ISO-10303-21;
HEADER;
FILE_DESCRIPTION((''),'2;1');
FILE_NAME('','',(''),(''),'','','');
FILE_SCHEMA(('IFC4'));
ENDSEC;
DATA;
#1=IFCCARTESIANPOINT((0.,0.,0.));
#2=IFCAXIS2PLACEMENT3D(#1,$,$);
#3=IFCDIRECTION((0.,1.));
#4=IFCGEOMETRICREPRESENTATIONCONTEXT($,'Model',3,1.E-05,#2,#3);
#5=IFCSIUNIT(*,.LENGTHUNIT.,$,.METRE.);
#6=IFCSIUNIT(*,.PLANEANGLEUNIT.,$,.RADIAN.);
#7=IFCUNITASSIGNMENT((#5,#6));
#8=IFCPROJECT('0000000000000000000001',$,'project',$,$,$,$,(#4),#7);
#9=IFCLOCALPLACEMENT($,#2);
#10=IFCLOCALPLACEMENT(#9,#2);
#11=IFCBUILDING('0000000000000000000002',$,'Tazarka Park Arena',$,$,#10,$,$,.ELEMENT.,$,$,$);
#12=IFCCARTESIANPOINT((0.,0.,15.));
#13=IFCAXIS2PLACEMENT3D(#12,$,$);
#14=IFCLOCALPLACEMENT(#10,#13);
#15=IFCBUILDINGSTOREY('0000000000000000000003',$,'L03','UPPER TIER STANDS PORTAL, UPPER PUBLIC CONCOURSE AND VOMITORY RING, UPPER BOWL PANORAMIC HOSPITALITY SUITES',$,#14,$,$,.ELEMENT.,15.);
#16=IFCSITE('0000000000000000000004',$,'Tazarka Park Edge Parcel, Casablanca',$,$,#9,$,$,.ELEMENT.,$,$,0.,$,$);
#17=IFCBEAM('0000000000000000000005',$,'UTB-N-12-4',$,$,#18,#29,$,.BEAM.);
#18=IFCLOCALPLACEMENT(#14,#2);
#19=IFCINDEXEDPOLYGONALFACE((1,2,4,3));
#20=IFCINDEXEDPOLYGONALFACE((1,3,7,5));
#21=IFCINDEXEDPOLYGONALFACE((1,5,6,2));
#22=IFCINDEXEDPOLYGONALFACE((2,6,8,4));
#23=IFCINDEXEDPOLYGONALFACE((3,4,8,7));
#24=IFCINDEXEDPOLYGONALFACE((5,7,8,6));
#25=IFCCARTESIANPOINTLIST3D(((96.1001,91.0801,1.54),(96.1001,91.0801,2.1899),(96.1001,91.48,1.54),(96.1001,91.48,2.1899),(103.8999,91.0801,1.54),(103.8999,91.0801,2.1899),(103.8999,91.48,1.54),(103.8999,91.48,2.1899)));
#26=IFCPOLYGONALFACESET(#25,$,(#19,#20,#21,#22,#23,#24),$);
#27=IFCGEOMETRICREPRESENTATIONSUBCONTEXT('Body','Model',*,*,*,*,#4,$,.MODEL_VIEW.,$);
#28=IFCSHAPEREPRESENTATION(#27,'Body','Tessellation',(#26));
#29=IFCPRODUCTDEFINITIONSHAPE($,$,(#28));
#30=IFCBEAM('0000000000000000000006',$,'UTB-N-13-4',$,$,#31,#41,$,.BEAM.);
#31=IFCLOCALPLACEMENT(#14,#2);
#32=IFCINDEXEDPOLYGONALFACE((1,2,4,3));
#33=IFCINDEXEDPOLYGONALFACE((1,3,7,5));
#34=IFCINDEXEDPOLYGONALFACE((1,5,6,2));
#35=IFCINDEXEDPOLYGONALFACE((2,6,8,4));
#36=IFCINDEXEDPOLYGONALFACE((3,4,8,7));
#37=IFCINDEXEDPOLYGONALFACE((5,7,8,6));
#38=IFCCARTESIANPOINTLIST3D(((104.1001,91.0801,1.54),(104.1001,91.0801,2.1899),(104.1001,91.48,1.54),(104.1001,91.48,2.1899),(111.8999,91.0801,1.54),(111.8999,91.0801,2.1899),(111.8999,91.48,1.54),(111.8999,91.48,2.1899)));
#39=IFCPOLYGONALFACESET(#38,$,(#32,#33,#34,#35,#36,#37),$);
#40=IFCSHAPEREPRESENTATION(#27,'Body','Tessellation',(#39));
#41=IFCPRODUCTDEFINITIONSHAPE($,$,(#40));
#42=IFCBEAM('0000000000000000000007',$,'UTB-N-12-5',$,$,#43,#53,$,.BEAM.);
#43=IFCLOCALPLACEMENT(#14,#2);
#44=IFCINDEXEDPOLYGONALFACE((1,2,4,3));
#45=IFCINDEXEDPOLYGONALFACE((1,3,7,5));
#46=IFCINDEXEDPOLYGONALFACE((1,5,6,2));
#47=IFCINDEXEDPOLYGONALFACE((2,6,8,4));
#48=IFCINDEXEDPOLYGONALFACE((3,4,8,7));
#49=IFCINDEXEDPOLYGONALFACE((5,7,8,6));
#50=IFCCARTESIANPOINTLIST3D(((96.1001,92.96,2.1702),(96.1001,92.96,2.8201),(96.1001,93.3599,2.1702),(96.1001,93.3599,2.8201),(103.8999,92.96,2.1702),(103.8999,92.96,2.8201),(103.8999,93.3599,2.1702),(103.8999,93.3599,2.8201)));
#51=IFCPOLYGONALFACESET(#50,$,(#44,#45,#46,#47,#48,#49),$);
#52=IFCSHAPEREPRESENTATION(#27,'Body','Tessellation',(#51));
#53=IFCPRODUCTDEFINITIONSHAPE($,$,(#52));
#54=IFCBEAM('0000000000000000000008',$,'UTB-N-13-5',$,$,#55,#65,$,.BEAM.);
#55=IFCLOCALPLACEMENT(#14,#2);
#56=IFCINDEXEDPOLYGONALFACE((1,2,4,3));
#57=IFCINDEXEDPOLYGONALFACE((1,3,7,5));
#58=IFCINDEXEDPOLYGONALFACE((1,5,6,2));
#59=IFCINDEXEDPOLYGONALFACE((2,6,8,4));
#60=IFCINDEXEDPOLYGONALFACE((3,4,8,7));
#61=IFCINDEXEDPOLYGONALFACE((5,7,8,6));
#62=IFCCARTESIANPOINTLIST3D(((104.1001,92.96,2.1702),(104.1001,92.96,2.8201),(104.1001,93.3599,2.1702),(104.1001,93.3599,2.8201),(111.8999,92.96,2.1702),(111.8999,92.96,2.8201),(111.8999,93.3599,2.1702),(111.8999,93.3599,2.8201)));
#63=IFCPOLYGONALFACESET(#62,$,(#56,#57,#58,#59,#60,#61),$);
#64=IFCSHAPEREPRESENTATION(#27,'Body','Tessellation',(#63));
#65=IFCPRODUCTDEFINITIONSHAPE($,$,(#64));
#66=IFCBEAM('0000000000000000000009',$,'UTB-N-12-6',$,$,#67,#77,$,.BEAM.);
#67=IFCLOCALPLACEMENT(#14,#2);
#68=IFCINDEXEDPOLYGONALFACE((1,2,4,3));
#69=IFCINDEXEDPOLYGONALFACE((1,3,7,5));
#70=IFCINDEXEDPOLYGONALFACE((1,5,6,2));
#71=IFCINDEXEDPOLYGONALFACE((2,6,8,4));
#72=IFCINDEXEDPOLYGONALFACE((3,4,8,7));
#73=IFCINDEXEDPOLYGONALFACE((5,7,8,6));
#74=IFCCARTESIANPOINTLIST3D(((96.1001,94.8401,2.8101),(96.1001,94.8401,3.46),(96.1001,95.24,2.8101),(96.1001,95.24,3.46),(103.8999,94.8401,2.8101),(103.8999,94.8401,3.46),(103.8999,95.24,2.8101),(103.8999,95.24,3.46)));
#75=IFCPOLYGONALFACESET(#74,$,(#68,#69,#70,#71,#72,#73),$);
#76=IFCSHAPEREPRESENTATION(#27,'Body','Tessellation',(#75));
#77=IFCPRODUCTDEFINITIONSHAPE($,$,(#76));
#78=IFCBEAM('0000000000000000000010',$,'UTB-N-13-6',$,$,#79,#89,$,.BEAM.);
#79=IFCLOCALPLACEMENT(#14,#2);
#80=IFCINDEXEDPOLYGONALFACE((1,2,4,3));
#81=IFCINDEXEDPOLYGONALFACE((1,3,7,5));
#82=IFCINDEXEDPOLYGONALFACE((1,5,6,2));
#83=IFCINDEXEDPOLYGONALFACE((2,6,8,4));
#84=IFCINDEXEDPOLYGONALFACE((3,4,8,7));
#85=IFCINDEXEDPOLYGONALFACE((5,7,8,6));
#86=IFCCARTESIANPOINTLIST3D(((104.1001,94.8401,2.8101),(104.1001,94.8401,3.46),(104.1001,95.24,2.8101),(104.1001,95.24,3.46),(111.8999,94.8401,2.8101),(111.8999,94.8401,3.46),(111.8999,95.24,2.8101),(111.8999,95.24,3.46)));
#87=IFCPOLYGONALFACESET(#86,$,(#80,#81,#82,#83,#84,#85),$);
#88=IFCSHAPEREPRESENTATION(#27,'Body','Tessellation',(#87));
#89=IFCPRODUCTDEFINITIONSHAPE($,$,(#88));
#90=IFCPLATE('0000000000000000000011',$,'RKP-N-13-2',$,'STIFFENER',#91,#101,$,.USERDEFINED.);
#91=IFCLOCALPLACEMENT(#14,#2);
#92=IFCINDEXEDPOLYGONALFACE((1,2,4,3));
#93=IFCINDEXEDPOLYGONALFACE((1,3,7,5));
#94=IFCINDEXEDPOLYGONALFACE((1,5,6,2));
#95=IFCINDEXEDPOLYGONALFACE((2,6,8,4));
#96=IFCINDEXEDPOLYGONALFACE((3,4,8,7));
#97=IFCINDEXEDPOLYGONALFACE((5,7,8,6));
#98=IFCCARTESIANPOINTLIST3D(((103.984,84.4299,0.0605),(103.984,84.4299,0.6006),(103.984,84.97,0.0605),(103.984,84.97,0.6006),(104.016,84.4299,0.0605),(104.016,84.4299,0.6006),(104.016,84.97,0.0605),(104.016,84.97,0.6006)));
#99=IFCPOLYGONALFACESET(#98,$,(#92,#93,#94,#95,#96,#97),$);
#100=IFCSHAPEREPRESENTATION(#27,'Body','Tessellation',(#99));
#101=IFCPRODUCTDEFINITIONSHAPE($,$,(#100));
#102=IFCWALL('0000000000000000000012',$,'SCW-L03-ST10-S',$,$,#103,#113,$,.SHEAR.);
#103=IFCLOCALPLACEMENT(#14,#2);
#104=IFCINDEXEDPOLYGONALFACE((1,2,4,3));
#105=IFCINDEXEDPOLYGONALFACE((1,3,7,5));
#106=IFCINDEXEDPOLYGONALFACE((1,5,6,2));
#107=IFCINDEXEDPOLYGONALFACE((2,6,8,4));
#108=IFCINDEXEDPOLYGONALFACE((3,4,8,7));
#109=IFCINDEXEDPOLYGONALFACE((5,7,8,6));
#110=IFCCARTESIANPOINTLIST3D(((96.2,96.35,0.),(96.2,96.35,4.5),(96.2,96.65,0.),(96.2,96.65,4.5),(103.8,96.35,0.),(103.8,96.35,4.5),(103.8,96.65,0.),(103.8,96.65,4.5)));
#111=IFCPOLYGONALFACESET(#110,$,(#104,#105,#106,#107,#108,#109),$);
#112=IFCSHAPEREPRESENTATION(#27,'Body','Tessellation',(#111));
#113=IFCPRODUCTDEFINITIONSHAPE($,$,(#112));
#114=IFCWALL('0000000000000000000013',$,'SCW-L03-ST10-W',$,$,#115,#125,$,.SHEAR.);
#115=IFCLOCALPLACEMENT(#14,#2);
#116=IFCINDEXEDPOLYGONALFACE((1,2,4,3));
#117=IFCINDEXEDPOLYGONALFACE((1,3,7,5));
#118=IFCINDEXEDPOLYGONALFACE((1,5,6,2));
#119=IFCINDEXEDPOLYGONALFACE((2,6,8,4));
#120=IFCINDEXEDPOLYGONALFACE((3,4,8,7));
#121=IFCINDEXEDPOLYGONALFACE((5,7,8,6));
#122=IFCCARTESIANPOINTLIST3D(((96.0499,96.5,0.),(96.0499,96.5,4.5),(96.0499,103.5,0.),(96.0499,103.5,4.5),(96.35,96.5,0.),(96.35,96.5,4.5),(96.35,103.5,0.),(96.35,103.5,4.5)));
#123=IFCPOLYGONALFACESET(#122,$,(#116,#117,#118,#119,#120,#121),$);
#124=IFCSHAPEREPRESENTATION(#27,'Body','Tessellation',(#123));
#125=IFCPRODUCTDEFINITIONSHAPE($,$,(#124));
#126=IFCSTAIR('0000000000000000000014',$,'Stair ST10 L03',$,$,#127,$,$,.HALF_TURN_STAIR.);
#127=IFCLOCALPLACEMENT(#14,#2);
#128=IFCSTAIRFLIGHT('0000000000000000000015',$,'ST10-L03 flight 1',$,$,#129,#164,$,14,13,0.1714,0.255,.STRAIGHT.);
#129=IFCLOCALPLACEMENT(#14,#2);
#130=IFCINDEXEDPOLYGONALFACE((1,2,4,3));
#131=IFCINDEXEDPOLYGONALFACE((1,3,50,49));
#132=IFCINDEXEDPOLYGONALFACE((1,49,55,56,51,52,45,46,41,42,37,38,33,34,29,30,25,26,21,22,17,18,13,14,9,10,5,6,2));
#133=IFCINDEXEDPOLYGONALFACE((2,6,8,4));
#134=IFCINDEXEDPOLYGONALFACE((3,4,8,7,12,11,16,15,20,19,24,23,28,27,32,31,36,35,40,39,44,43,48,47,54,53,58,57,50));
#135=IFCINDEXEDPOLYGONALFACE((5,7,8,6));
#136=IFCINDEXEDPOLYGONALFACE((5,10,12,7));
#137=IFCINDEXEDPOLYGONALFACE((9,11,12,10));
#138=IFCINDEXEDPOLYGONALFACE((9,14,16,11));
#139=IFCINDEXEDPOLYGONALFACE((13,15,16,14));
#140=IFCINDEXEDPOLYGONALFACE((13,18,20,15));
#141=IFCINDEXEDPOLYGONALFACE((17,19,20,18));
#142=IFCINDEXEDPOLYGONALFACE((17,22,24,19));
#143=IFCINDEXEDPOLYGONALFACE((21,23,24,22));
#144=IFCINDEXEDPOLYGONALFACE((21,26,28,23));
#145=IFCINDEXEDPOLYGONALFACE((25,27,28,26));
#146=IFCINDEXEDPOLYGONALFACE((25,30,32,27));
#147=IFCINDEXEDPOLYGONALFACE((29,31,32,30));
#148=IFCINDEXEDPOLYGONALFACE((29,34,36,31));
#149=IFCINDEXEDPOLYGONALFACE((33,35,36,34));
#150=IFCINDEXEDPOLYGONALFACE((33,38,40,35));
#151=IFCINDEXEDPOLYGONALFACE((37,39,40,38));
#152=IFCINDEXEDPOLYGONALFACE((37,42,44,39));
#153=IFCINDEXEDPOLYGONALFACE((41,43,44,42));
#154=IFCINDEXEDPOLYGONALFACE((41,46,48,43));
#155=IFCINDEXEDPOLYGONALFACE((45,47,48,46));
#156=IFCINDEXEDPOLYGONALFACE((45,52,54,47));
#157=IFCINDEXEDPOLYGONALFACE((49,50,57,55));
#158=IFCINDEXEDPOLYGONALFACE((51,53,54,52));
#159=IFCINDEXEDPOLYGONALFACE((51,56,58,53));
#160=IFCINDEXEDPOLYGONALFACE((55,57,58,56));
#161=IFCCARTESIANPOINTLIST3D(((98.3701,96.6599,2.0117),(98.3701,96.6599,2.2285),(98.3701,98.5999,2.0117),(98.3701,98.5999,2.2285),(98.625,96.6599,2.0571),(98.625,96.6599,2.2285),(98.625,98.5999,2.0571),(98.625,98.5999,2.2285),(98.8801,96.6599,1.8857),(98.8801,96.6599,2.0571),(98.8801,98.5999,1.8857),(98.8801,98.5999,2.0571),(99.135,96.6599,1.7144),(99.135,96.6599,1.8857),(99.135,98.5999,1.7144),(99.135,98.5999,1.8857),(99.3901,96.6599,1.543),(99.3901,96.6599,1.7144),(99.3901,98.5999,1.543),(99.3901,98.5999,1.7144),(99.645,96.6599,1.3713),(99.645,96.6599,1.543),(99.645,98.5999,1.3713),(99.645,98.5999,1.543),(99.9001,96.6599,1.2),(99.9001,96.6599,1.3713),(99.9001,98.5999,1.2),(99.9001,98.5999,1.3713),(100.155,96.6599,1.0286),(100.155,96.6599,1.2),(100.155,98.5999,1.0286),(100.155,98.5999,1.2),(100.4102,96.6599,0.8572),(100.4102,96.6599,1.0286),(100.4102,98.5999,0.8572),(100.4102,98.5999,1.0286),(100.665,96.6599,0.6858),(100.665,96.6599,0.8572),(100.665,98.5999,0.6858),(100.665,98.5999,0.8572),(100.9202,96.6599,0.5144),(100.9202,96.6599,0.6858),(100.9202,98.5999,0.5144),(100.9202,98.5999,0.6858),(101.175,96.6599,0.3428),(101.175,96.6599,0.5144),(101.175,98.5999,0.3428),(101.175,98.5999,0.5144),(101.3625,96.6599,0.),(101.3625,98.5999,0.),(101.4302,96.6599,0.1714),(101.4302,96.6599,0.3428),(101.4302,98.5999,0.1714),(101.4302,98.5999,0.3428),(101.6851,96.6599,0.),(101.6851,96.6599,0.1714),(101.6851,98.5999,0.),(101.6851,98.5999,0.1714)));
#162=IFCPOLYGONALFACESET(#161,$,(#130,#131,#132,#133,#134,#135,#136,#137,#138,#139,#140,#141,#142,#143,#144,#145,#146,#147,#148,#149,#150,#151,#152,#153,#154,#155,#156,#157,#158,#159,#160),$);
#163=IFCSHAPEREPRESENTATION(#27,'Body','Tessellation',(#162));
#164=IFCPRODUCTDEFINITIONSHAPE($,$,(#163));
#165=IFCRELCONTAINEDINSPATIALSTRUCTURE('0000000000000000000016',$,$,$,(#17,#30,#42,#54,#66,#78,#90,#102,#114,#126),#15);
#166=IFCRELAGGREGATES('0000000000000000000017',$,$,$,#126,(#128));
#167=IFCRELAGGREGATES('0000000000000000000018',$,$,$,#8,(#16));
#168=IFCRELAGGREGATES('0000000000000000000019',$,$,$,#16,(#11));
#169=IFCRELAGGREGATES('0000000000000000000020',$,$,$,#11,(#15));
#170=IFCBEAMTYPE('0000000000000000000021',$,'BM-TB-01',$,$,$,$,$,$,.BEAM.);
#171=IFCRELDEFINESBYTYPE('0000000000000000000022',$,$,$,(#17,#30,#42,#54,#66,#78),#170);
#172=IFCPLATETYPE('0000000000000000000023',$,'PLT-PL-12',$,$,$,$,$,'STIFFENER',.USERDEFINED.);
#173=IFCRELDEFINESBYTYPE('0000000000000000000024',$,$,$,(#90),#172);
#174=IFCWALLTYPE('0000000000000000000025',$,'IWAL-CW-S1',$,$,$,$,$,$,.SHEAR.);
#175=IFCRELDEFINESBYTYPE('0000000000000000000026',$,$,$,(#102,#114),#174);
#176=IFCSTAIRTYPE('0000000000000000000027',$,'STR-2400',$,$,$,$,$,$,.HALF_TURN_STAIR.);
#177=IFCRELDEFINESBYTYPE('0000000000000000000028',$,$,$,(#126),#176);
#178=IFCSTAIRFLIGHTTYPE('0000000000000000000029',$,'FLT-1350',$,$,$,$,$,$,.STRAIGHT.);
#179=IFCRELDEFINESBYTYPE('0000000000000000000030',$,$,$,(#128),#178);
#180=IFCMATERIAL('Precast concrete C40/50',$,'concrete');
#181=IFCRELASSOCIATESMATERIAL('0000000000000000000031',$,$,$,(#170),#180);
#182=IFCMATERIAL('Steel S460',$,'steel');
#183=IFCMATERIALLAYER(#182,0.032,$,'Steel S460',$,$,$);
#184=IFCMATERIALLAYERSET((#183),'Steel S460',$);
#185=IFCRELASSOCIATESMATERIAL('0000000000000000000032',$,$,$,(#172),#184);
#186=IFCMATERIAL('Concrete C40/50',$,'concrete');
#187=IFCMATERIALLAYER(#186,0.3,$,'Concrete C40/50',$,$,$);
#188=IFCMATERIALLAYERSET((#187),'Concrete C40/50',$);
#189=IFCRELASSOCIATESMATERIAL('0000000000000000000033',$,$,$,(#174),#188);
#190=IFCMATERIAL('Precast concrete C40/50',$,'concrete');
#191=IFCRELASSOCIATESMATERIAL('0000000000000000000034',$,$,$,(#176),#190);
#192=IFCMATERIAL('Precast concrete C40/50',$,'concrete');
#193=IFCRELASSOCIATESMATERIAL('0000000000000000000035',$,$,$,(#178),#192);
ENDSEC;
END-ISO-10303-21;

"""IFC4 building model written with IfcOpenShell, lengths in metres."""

from ifc_helpers import new_model, si_unit, direction, frame, frame_2d, origin, origin_2d, place, context, subcontext, project, spatial, polyline, rectangle, outline, extrude, material, layer, layer_set, material_profile, profile_set, type_object, element, aggregate, save


model = new_model("IFC4")

# Units and contexts
model_context = context("Model", 3, precision=1e-05, world=origin(), true_north=direction((0.0, 1.0)))
body_context = subcontext(model_context, "Body", "Model", "MODEL_VIEW")
ifc_project = project(units=[si_unit("LENGTHUNIT", "METRE"), si_unit("PLANEANGLEUNIT", "RADIAN")], contexts=[model_context])

# Site, building, storey
site_placement = place(None, origin())
site = spatial("IfcSite", under=ifc_project, at=site_placement, Name="Tazarka Park Edge Parcel, Casablanca", CompositionType="ELEMENT", RefElevation=0.0)
building_placement = place(site_placement, origin())
building = spatial("IfcBuilding", under=site, at=building_placement, Name="Tazarka Park Arena", CompositionType="ELEMENT")
storey_placement = place(building_placement, frame((0.0, 0.0, 15.0)))
storey = spatial("IfcBuildingStorey", under=building, at=storey_placement, Name="L03", Description="UPPER TIER STANDS PORTAL, UPPER PUBLIC CONCOURSE AND VOMITORY RING, UPPER BOWL PANORAMIC HOSPITALITY SUITES", CompositionType="ELEMENT", Elevation=15.0)

# Beams
ifc_material_1 = material(Name="Precast concrete C40/50", Category="concrete")
ifc_material_profile_1 = material_profile(ifc_material_1, rectangle(XDim=0.3999, YDim=0.6499, at=origin_2d()), Name="Precast concrete C40/50")
ifc_profile_set_1 = profile_set([ifc_material_profile_1], Name="Precast concrete C40/50")
beam_type_1 = type_object("IfcBeamType", Name="BM-TB-01", PredefinedType="BEAM", material=ifc_profile_set_1)
for number, where, z_axis, x_axis, name in (
    (1, (96.1001, 91.28, 1.865), (1.0, 0.0, 0.0), (0.0, 1.0, 0.0), "UTB-N-12-4"),
    (2, (104.1001, 91.28, 1.865), (1.0, 0.0, 0.0), (0.0, 1.0, 0.0), "UTB-N-13-4"),
    (3, (96.1001, 93.1599, 2.4951), (1.0, 0.0, 0.0), (0.0, 1.0, 0.0), "UTB-N-12-5"),
    (4, (104.1001, 93.1599, 2.4951), (1.0, 0.0, 0.0), (0.0, 1.0, 0.0), "UTB-N-13-5"),
    (5, (96.1001, 95.04, 3.135), (1.0, 0.0, 0.0), (0.0, 1.0, 0.0), "UTB-N-12-6"),
    (6, (104.1001, 95.04, 3.135), (1.0, 0.0, 0.0), (0.0, 1.0, 0.0), "UTB-N-13-6"),
):
    element("IfcBeam", number, at=place(storey_placement, frame(where, z_axis=z_axis, x_axis=x_axis)), inside=storey, type_object=beam_type_1, Name=name, PredefinedType="BEAM", context=body_context, shape_type="SweptSolid", body=[
        extrude(rectangle(XDim=0.3999, YDim=0.6499, at=origin_2d()), origin(), (0.0, 0.0, 1.0), 7.7998),
    ])

# Plate
ifc_material_2 = material(Name="Steel S460", Category="steel")
ifc_layer_1 = layer(ifc_material_2, 0.032, Name="Steel S460")
ifc_layer_set_1 = layer_set([ifc_layer_1], Name="Steel S460")
plate_type = type_object("IfcPlateType", Name="PLT-PL-12", ElementType="STIFFENER", PredefinedType="USERDEFINED", material=ifc_layer_set_1)
plate_placement = place(storey_placement, frame((104.0, 84.7, 0.0605), z_axis=(0.0, 0.0, 1.0), x_axis=(1.0, 0.0, 0.0)))
element("IfcPlate", 7, at=plate_placement, inside=storey, type_object=plate_type, Name="RKP-N-13-2", ObjectType="STIFFENER", PredefinedType="USERDEFINED", context=body_context, shape_type="SweptSolid", body=[
    extrude(rectangle(XDim=0.032, YDim=0.54, at=origin_2d()), origin(), (0.0, 0.0, 1.0), 0.54),
])

# Walls
ifc_material_3 = material(Name="Concrete C40/50", Category="concrete")
ifc_layer_2 = layer(ifc_material_3, 0.3, Name="Concrete C40/50")
ifc_layer_set_2 = layer_set([ifc_layer_2], Name="Concrete C40/50")
wall_type = type_object("IfcWallType", Name="IWAL-CW-S1", PredefinedType="SHEAR", material=ifc_layer_set_2)
wall_1_placement = place(storey_placement, frame((103.8, 96.5, 0.0), z_axis=(0.0, 0.0, 1.0), x_axis=(-1.0, 0.0, 0.0)))
element("IfcWall", 8, at=wall_1_placement, inside=storey, type_object=wall_type, Name="SCW-L03-ST10-S", PredefinedType="SHEAR", context=body_context, shape_type="SweptSolid", body=[
    extrude(rectangle(XDim=7.6001, YDim=0.3, at=frame_2d((3.8, 0.0))), origin(), (0.0, 0.0, 1.0), 4.5),
])
wall_2_placement = place(storey_placement, frame((96.2, 96.5, 0.0), z_axis=(0.0, 0.0, 1.0), x_axis=(0.0, 1.0, 0.0)))
element("IfcWall", 9, at=wall_2_placement, inside=storey, type_object=wall_type, Name="SCW-L03-ST10-W", PredefinedType="SHEAR", context=body_context, shape_type="SweptSolid", body=[
    extrude(rectangle(XDim=7.0, YDim=0.3, at=frame_2d((3.5, 0.0))), origin(), (0.0, 0.0, 1.0), 4.5),
])

# Stair, stair flight
ifc_material_4 = material(Name="Precast concrete C40/50", Category="concrete")
stair_type = type_object("IfcStairType", Name="STR-2400", PredefinedType="HALF_TURN_STAIR", material=ifc_material_4)
stair_placement = place(storey_placement, origin())
stair = element("IfcStair", 10, at=stair_placement, inside=storey, type_object=stair_type, Name="Stair ST10 L03", PredefinedType="HALF_TURN_STAIR")
ifc_material_5 = material(Name="Precast concrete C40/50", Category="concrete")
stair_flight_type = type_object("IfcStairFlightType", Name="FLT-1350", PredefinedType="STRAIGHT", material=ifc_material_5)
stair_flight_placement = place(storey_placement, frame((101.6851, 97.6299, 0.0), z_axis=(0.0, 0.0, 1.0), x_axis=(-1.0, 0.0, 0.0)))
stair_flight = element("IfcStairFlight", 11, at=stair_flight_placement, type_object=stair_flight_type, Name="ST10-L03 flight 1", NumberOfRisers=14, NumberOfTreads=13, PredefinedType="STRAIGHT", RiserHeight=0.1714, TreadLength=0.255, context=body_context, shape_type="SweptSolid", body=[
    extrude(outline(polyline([(0.0, 0.0), (0.0, 0.1714), (0.2549, 0.1714), (0.2549, 0.3428), (0.51, 0.3428), (0.51, 0.5144), (0.7649, 0.5144), (0.7649, 0.6858), (1.02, 0.6858), (1.02, 0.8572), (1.2749, 0.8572), (1.2749, 1.0286), (1.53, 1.0286), (1.53, 1.2), (1.7849, 1.2), (1.7849, 1.3713), (2.04, 1.3713), (2.04, 1.543), (2.2949, 1.543), (2.2949, 1.7144), (2.55, 1.7144), (2.55, 1.8857), (2.8049, 1.8857), (2.8049, 2.0571), (3.0601, 2.0571), (3.0601, 2.2285), (3.3149, 2.2285), (3.3149, 2.3999), (3.3149, 2.0117), (0.3225, 0.0), (0.0, 0.0)])), frame((0.0, 0.97, 0.0), z_axis=(0.0, -1.0, 0.0), x_axis=(1.0, 0.0, 0.0)), (0.0, 0.0, 1.0), 1.9399),
])
aggregate(stair, [stair_flight])

save(model, "model.ifc")
